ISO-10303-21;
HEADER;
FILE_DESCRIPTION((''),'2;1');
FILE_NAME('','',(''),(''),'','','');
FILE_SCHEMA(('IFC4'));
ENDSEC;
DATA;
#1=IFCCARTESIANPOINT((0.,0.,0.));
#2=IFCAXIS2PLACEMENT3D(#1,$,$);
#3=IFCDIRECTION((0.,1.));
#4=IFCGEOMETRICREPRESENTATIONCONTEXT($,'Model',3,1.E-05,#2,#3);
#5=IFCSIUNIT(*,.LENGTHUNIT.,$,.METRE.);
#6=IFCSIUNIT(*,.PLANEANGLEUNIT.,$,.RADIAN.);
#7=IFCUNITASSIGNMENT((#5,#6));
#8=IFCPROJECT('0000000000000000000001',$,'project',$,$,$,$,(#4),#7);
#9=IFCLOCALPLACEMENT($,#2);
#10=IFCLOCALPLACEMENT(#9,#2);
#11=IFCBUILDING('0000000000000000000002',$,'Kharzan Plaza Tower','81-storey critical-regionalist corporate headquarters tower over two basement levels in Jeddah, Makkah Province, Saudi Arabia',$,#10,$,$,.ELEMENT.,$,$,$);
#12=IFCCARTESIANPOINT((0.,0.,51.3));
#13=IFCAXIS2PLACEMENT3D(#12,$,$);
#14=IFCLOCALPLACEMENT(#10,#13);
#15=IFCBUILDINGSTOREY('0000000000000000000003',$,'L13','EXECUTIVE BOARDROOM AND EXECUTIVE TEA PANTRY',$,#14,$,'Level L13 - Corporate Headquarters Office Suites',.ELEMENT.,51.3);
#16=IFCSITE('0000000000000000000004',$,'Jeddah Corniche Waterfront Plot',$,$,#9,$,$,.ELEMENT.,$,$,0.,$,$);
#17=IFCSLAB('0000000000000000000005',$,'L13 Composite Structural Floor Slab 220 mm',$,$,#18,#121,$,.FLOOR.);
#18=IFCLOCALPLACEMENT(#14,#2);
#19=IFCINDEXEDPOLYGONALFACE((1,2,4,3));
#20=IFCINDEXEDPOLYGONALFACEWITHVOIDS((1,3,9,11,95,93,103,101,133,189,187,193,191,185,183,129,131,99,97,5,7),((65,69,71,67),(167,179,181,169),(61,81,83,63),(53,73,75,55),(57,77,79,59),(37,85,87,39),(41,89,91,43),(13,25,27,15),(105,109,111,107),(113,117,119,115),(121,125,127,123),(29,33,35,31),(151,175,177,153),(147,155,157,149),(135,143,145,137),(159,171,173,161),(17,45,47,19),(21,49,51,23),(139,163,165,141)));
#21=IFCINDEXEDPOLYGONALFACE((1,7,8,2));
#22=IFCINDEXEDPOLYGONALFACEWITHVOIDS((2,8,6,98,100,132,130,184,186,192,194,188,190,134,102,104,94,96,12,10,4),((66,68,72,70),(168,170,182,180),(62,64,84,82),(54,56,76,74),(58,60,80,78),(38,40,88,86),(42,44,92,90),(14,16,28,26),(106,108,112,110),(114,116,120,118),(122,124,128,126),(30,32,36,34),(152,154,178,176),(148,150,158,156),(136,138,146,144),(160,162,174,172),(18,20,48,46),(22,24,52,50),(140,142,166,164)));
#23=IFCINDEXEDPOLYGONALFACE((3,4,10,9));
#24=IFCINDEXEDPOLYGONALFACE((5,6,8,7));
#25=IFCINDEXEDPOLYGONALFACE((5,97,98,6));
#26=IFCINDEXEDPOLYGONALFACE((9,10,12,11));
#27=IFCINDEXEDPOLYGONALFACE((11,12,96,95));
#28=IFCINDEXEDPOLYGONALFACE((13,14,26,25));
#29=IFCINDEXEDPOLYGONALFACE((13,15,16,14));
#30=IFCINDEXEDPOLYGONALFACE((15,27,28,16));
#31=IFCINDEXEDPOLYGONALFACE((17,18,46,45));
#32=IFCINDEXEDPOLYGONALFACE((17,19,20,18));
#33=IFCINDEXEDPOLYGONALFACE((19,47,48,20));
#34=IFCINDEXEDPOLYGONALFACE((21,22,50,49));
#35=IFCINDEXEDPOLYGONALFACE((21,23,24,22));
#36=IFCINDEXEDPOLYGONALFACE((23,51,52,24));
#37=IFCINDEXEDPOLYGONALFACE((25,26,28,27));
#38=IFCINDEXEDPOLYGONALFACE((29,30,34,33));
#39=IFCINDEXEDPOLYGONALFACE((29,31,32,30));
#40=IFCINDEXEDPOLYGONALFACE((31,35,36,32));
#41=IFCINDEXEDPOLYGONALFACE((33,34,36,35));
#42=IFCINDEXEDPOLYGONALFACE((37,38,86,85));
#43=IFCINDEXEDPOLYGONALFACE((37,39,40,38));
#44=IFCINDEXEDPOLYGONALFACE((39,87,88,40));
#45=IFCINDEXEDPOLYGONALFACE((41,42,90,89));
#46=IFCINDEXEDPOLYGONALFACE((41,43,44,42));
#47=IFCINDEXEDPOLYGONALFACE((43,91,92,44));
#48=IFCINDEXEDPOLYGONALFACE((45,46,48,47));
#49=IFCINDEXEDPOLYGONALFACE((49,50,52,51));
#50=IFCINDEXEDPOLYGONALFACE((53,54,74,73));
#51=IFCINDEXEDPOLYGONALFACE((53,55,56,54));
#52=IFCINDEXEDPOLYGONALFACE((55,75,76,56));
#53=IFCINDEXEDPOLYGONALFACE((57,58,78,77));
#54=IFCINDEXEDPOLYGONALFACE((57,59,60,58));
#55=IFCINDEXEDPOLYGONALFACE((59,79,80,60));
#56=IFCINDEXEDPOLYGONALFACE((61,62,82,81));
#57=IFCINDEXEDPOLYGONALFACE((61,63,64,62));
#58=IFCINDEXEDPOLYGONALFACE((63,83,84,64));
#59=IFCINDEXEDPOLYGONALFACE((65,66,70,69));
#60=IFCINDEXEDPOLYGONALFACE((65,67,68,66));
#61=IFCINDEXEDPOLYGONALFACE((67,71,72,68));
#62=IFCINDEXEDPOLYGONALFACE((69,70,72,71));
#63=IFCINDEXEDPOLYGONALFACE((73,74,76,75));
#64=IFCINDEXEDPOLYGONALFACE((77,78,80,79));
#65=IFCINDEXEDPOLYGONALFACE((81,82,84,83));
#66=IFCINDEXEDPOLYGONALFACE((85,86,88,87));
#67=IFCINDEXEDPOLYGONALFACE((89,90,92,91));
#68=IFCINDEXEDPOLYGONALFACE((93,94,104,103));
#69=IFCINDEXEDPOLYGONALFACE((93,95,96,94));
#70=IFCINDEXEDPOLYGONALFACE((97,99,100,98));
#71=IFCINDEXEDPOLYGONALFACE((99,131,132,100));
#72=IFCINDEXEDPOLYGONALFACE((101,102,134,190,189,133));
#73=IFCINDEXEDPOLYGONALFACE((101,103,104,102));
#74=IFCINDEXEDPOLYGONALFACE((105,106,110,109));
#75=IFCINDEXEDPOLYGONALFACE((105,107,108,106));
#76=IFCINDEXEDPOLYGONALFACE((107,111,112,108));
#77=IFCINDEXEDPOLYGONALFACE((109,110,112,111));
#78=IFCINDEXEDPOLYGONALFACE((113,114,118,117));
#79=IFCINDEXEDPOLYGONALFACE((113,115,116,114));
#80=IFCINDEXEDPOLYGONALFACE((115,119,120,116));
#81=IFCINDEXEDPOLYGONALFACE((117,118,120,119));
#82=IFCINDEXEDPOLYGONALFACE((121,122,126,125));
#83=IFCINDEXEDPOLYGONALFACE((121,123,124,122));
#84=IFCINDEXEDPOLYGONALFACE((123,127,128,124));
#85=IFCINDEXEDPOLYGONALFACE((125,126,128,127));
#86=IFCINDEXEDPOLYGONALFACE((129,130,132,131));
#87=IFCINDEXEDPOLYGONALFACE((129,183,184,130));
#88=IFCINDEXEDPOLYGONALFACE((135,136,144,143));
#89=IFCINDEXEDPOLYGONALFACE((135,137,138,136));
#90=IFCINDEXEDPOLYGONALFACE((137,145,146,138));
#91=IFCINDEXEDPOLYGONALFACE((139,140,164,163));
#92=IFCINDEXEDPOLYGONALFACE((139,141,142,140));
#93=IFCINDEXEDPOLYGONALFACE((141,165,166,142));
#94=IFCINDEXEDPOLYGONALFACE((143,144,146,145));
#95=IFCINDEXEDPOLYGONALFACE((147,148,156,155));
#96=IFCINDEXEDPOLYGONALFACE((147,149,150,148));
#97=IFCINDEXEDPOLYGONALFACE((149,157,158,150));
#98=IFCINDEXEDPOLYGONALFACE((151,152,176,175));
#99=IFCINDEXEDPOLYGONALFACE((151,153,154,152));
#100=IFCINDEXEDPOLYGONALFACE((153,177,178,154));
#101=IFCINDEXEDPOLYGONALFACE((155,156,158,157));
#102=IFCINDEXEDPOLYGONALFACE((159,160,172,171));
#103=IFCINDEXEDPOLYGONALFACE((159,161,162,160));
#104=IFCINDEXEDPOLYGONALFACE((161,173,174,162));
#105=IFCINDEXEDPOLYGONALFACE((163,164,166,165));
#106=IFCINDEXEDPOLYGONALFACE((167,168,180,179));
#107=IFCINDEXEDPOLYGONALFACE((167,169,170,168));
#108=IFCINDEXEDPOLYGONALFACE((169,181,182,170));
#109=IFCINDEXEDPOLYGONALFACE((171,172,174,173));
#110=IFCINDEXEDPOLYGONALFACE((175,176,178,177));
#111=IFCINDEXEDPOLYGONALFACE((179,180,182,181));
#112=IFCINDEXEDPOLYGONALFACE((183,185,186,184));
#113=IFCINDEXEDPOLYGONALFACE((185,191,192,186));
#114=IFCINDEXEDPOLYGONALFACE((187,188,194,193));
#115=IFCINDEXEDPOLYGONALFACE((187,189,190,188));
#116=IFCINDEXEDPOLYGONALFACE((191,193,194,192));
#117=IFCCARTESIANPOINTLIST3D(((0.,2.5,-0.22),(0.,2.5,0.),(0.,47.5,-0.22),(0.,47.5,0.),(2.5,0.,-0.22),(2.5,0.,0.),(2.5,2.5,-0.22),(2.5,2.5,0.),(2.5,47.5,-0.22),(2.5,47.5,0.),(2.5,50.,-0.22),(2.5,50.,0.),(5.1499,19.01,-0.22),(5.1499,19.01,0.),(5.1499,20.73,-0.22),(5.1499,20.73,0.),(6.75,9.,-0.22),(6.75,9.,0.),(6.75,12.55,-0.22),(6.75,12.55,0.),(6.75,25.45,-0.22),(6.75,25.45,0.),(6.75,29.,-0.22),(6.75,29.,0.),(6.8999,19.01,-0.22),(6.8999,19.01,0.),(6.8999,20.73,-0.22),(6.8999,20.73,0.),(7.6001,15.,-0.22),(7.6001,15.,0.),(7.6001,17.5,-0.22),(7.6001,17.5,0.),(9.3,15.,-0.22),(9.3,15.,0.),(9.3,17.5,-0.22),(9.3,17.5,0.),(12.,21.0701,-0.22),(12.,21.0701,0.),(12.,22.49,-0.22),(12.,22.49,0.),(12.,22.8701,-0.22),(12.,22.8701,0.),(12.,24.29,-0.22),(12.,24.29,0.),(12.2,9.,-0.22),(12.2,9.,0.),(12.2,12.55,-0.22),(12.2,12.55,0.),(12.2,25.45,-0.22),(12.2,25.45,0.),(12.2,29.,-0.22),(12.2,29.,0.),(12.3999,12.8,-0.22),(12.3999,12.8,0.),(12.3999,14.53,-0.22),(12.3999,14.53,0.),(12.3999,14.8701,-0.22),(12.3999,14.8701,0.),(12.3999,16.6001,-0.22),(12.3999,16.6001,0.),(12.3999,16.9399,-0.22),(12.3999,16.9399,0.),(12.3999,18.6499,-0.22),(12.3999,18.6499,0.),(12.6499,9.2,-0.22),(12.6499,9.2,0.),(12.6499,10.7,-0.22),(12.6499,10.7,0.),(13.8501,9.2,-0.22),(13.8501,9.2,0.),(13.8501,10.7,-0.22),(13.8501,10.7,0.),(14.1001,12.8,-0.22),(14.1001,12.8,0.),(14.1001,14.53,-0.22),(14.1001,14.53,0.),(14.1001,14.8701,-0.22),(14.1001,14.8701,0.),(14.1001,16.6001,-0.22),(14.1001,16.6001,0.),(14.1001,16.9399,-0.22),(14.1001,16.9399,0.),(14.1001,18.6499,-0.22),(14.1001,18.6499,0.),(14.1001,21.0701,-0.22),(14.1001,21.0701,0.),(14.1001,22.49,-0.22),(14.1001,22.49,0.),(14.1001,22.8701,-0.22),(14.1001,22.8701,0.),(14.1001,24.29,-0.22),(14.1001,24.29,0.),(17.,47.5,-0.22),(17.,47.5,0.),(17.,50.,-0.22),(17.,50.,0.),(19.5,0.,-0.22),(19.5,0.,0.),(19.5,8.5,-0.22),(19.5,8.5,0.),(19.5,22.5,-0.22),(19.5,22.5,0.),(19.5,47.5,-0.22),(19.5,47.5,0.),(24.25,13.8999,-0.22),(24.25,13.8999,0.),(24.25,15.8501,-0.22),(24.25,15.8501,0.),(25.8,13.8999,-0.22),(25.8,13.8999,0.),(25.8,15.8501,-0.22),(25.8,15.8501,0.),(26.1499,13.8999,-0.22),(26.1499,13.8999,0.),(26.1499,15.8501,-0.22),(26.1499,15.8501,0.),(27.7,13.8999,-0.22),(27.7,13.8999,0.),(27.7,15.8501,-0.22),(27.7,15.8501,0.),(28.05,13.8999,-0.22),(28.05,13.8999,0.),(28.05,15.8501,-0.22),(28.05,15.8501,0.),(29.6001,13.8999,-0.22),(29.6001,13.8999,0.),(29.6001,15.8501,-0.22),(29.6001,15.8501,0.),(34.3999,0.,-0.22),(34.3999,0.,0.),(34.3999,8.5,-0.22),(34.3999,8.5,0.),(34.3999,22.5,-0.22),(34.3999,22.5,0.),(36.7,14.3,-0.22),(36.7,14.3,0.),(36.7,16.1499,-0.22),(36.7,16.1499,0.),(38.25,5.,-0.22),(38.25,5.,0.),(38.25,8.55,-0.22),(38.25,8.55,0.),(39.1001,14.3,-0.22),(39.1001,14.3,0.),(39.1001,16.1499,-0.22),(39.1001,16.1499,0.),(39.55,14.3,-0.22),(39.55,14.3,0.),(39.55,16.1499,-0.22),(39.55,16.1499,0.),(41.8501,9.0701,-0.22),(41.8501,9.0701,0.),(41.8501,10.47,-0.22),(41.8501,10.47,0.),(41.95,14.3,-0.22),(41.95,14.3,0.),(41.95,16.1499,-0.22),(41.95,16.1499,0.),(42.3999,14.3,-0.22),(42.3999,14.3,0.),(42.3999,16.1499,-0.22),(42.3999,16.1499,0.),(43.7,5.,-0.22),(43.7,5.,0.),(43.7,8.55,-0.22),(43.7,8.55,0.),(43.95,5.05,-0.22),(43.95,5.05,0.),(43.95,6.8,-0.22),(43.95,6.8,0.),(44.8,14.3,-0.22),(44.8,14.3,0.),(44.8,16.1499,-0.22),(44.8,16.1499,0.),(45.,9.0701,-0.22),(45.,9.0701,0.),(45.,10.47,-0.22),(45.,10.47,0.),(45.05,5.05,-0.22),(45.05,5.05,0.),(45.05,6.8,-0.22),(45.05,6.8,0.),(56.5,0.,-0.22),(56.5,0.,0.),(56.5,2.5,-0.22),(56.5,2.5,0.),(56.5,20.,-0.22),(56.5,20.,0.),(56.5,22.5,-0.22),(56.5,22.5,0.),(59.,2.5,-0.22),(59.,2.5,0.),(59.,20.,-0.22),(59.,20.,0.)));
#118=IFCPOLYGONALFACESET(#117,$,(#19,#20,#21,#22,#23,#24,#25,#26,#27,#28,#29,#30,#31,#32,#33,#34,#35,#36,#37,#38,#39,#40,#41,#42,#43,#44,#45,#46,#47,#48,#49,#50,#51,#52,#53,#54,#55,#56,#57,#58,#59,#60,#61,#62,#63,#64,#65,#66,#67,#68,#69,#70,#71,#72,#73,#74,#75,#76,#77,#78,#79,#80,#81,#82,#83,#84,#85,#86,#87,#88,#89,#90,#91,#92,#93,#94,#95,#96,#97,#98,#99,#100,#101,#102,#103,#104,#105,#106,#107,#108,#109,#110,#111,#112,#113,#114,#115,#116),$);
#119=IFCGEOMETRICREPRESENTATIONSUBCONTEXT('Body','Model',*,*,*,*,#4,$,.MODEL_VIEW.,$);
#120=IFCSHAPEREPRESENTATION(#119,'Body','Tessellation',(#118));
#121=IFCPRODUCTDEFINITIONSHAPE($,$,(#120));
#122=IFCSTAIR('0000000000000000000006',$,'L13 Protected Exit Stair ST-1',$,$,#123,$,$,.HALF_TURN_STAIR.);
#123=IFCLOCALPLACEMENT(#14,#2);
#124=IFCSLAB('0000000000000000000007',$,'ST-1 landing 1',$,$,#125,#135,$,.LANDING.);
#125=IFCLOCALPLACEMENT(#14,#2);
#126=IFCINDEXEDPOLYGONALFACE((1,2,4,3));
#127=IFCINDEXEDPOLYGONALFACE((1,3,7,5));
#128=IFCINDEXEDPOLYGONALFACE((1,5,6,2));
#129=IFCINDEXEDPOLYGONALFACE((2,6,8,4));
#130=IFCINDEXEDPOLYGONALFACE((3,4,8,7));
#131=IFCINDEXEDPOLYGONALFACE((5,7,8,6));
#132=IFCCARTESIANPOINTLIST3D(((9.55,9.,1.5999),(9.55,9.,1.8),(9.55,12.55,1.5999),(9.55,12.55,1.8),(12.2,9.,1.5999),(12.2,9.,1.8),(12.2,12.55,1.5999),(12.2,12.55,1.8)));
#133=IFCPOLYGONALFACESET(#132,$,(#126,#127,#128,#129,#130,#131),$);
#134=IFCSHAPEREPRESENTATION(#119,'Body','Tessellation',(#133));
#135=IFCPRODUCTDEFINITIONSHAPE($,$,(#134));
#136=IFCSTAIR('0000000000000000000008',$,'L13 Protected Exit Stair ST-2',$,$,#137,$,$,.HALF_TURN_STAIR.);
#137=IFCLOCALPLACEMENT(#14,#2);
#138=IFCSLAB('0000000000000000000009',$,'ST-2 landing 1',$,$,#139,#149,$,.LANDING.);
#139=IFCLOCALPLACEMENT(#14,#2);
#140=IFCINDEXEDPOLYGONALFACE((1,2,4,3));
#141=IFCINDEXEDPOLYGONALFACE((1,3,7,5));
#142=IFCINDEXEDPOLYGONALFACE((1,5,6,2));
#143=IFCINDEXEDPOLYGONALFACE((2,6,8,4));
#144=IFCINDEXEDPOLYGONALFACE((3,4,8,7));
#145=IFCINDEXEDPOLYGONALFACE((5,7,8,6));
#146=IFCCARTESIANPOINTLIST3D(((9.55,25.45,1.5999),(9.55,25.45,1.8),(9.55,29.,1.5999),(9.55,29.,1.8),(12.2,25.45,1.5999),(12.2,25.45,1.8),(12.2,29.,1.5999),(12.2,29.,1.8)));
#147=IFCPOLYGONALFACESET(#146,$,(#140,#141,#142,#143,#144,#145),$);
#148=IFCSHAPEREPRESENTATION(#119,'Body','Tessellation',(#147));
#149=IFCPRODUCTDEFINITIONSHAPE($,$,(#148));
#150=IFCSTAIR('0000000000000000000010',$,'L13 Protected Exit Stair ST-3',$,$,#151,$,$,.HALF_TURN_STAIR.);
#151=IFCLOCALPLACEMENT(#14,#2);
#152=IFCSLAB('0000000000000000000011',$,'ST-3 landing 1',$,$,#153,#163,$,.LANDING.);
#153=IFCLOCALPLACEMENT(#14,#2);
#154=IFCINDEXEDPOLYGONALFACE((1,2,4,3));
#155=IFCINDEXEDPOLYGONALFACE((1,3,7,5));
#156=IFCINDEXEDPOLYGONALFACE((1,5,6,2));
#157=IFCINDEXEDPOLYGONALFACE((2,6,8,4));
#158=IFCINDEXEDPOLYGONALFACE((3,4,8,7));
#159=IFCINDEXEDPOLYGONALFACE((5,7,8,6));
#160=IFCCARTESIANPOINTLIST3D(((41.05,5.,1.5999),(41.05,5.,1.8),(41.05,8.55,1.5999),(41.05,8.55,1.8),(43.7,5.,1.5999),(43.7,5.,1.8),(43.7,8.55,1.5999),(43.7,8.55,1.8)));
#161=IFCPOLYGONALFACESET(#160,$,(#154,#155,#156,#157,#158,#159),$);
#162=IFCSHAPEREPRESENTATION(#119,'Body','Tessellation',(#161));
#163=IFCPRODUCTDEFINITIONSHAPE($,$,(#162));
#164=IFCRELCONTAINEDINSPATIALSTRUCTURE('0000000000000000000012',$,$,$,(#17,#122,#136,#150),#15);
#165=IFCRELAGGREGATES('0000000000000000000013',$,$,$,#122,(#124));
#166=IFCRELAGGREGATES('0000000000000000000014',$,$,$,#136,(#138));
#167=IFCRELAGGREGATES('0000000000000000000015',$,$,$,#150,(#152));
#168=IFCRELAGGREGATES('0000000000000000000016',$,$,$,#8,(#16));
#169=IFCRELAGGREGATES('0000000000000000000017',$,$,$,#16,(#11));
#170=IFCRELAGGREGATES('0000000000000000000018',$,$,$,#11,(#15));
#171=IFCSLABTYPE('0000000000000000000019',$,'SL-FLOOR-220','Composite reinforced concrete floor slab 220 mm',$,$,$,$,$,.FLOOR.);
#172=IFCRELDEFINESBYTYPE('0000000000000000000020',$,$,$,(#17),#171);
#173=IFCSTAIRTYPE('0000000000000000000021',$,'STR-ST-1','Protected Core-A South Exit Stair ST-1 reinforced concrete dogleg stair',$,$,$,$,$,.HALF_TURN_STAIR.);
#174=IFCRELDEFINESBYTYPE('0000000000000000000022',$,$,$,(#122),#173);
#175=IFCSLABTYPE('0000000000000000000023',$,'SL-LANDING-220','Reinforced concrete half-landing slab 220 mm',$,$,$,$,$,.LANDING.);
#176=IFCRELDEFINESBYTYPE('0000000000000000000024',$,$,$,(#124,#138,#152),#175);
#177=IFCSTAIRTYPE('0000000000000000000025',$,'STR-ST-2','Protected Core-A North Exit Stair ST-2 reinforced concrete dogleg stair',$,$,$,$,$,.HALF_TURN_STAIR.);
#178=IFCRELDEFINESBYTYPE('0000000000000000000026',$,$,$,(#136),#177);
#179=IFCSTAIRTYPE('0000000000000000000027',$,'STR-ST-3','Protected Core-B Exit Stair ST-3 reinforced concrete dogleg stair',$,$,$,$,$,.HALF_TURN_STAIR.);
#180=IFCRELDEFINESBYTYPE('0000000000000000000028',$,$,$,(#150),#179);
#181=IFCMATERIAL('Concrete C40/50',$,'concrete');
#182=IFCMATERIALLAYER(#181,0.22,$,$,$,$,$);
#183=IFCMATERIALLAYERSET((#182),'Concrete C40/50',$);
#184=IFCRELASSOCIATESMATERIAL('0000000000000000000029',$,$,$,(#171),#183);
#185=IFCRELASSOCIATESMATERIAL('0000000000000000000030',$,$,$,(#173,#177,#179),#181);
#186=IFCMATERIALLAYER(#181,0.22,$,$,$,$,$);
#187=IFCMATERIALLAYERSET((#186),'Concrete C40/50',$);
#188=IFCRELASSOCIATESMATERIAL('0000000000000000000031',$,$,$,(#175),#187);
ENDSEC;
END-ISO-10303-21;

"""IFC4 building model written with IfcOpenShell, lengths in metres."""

from ifc_helpers import new_model, si_unit, direction, frame, origin, place, context, subcontext, project, spatial, polyline, outline, extrude, material, layer, layer_set, type_object, element, aggregate, save


model = new_model("IFC4")

# Units and contexts
model_context = context("Model", 3, precision=1e-05, world=origin(), true_north=direction((0.0, 1.0)))
body_context = subcontext(model_context, "Body", "Model", "MODEL_VIEW")
ifc_project = project(units=[si_unit("LENGTHUNIT", "METRE"), si_unit("PLANEANGLEUNIT", "RADIAN")], contexts=[model_context])

# Site, building, storey
site_placement = place(None, origin())
site = spatial("IfcSite", under=ifc_project, at=site_placement, Name="Jeddah Corniche Waterfront Plot", CompositionType="ELEMENT", RefElevation=0.0)
building_placement = place(site_placement, origin())
building = spatial("IfcBuilding", under=site, at=building_placement, Name="Kharzan Plaza Tower", Description="81-storey critical-regionalist corporate headquarters tower over two basement levels in Jeddah, Makkah Province, Saudi Arabia", CompositionType="ELEMENT")
storey_placement = place(building_placement, frame((0.0, 0.0, 51.3)))
storey = spatial("IfcBuildingStorey", under=building, at=storey_placement, Name="L13", Description="EXECUTIVE BOARDROOM AND EXECUTIVE TEA PANTRY", LongName="Level L13 - Corporate Headquarters Office Suites", CompositionType="ELEMENT", Elevation=51.3)

# Slab
ifc_material_1 = material(Name="Concrete C40/50", Category="concrete")
ifc_layer_1 = layer(ifc_material_1, 0.22)
ifc_layer_set_1 = layer_set([ifc_layer_1], Name="Concrete C40/50")
slab_type_1 = type_object("IfcSlabType", Name="SL-FLOOR-220", Description="Composite reinforced concrete floor slab 220 mm", PredefinedType="FLOOR", material=ifc_layer_set_1)
slab_1_placement = place(storey_placement, frame((0.0, 0.0, -0.22)))
element("IfcSlab", 1, at=slab_1_placement, inside=storey, type_object=slab_type_1, Name="L13 Composite Structural Floor Slab 220 mm", PredefinedType="FLOOR", context=body_context, shape_type="SweptSolid", body=[
    extrude(outline(polyline([(34.3999, 22.5), (19.5, 22.5), (19.5, 47.5), (17.0, 47.5), (17.0, 50.0), (2.5, 50.0), (2.5, 47.5), (0.0, 47.5), (0.0, 2.5), (2.5, 2.5), (2.5, 0.0), (19.5, 0.0), (19.5, 8.5), (34.3999, 8.5), (34.3999, 0.0), (56.5, 0.0), (56.5, 2.5), (59.0, 2.5), (59.0, 20.0), (56.5, 20.0), (56.5, 22.5), (34.3999, 22.5)]), holes=[polyline([(13.8501, 9.2), (13.8501, 10.7), (12.6499, 10.7), (12.6499, 9.2), (13.8501, 9.2)]), polyline([(12.2, 9.0), (12.2, 12.55), (6.75, 12.55), (6.75, 9.0), (12.2, 9.0)]), polyline([(14.1001, 12.8), (14.1001, 14.53), (12.3999, 14.53), (12.3999, 12.8), (14.1001, 12.8)]), polyline([(14.1001, 14.8701), (14.1001, 16.6001), (12.3999, 16.6001), (12.3999, 14.8701), (14.1001, 14.8701)]), polyline([(9.3, 15.0), (9.3, 17.5), (7.6001, 17.5), (7.6001, 15.0), (9.3, 15.0)]), polyline([(14.1001, 16.9399), (14.1001, 18.6499), (12.3999, 18.6499), (12.3999, 16.9399), (14.1001, 16.9399)]), polyline([(6.8999, 19.01), (6.8999, 20.73), (5.1499, 20.73), (5.1499, 19.01), (6.8999, 19.01)]), polyline([(12.0, 21.0701), (14.1001, 21.0701), (14.1001, 22.49), (12.0, 22.49), (12.0, 21.0701)]), polyline([(12.0, 22.8701), (14.1001, 22.8701), (14.1001, 24.29), (12.0, 24.29), (12.0, 22.8701)]), polyline([(12.2, 25.45), (12.2, 29.0), (6.75, 29.0), (6.75, 25.45), (12.2, 25.45)]), polyline([(45.05, 5.05), (45.05, 6.8), (43.95, 6.8), (43.95, 5.05), (45.05, 5.05)]), polyline([(43.7, 5.0), (43.7, 8.55), (38.25, 8.55), (38.25, 5.0), (43.7, 5.0)]), polyline([(41.8501, 9.0701), (45.0, 9.0701), (45.0, 10.47), (41.8501, 10.47), (41.8501, 9.0701)]), polyline([(24.25, 13.8999), (25.8, 13.8999), (25.8, 15.8501), (24.25, 15.8501), (24.25, 13.8999)]), polyline([(27.7, 13.8999), (27.7, 15.8501), (26.1499, 15.8501), (26.1499, 13.8999), (27.7, 13.8999)]), polyline([(29.6001, 13.8999), (29.6001, 15.8501), (28.05, 15.8501), (28.05, 13.8999), (29.6001, 13.8999)]), polyline([(39.1001, 14.3), (39.1001, 16.1499), (36.7, 16.1499), (36.7, 14.3), (39.1001, 14.3)]), polyline([(39.55, 14.3), (41.95, 14.3), (41.95, 16.1499), (39.55, 16.1499), (39.55, 14.3)]), polyline([(42.3999, 14.3), (44.8, 14.3), (44.8, 16.1499), (42.3999, 16.1499), (42.3999, 14.3)])]), origin(), (0.0, 0.0, 1.0), 0.22),
])

# Stairs, slabs
stair_type_1 = type_object("IfcStairType", Name="STR-ST-1", Description="Protected Core-A South Exit Stair ST-1 reinforced concrete dogleg stair", PredefinedType="HALF_TURN_STAIR", material=ifc_material_1)
stair_1_placement = place(storey_placement, origin())
stair_1 = element("IfcStair", 2, at=stair_1_placement, inside=storey, type_object=stair_type_1, Name="L13 Protected Exit Stair ST-1", PredefinedType="HALF_TURN_STAIR")
ifc_layer_2 = layer(ifc_material_1, 0.22)
ifc_layer_set_2 = layer_set([ifc_layer_2], Name="Concrete C40/50")
slab_type_2 = type_object("IfcSlabType", Name="SL-LANDING-220", Description="Reinforced concrete half-landing slab 220 mm", PredefinedType="LANDING", material=ifc_layer_set_2)
slab_2_placement = place(storey_placement, frame((0.0, 0.0, 1.5999)))
slab_2 = element("IfcSlab", 3, at=slab_2_placement, type_object=slab_type_2, Name="ST-1 landing 1", PredefinedType="LANDING", context=body_context, shape_type="SweptSolid", body=[
    extrude(outline(polyline([(9.55, 9.0), (12.2, 9.0), (12.2, 12.55), (9.55, 12.55), (9.55, 9.0)])), origin(), (0.0, 0.0, 1.0), 0.2002),
])
aggregate(stair_1, [slab_2])
stair_type_2 = type_object("IfcStairType", Name="STR-ST-2", Description="Protected Core-A North Exit Stair ST-2 reinforced concrete dogleg stair", PredefinedType="HALF_TURN_STAIR", material=ifc_material_1)
stair_2_placement = place(storey_placement, origin())
stair_2 = element("IfcStair", 4, at=stair_2_placement, inside=storey, type_object=stair_type_2, Name="L13 Protected Exit Stair ST-2", PredefinedType="HALF_TURN_STAIR")
slab_3_placement = place(storey_placement, frame((0.0, 0.0, 1.5999)))
slab_3 = element("IfcSlab", 5, at=slab_3_placement, type_object=slab_type_2, Name="ST-2 landing 1", PredefinedType="LANDING", context=body_context, shape_type="SweptSolid", body=[
    extrude(outline(polyline([(9.55, 25.45), (12.2, 25.45), (12.2, 29.0), (9.55, 29.0), (9.55, 25.45)])), origin(), (0.0, 0.0, 1.0), 0.2002),
])
aggregate(stair_2, [slab_3])
stair_type_3 = type_object("IfcStairType", Name="STR-ST-3", Description="Protected Core-B Exit Stair ST-3 reinforced concrete dogleg stair", PredefinedType="HALF_TURN_STAIR", material=ifc_material_1)
stair_3_placement = place(storey_placement, origin())
stair_3 = element("IfcStair", 6, at=stair_3_placement, inside=storey, type_object=stair_type_3, Name="L13 Protected Exit Stair ST-3", PredefinedType="HALF_TURN_STAIR")
slab_4_placement = place(storey_placement, frame((0.0, 0.0, 1.5999)))
slab_4 = element("IfcSlab", 7, at=slab_4_placement, type_object=slab_type_2, Name="ST-3 landing 1", PredefinedType="LANDING", context=body_context, shape_type="SweptSolid", body=[
    extrude(outline(polyline([(41.05, 5.0), (43.7, 5.0), (43.7, 8.55), (41.05, 8.55), (41.05, 5.0)])), origin(), (0.0, 0.0, 1.0), 0.2002),
])
aggregate(stair_3, [slab_4])

save(model, "model.ifc")
